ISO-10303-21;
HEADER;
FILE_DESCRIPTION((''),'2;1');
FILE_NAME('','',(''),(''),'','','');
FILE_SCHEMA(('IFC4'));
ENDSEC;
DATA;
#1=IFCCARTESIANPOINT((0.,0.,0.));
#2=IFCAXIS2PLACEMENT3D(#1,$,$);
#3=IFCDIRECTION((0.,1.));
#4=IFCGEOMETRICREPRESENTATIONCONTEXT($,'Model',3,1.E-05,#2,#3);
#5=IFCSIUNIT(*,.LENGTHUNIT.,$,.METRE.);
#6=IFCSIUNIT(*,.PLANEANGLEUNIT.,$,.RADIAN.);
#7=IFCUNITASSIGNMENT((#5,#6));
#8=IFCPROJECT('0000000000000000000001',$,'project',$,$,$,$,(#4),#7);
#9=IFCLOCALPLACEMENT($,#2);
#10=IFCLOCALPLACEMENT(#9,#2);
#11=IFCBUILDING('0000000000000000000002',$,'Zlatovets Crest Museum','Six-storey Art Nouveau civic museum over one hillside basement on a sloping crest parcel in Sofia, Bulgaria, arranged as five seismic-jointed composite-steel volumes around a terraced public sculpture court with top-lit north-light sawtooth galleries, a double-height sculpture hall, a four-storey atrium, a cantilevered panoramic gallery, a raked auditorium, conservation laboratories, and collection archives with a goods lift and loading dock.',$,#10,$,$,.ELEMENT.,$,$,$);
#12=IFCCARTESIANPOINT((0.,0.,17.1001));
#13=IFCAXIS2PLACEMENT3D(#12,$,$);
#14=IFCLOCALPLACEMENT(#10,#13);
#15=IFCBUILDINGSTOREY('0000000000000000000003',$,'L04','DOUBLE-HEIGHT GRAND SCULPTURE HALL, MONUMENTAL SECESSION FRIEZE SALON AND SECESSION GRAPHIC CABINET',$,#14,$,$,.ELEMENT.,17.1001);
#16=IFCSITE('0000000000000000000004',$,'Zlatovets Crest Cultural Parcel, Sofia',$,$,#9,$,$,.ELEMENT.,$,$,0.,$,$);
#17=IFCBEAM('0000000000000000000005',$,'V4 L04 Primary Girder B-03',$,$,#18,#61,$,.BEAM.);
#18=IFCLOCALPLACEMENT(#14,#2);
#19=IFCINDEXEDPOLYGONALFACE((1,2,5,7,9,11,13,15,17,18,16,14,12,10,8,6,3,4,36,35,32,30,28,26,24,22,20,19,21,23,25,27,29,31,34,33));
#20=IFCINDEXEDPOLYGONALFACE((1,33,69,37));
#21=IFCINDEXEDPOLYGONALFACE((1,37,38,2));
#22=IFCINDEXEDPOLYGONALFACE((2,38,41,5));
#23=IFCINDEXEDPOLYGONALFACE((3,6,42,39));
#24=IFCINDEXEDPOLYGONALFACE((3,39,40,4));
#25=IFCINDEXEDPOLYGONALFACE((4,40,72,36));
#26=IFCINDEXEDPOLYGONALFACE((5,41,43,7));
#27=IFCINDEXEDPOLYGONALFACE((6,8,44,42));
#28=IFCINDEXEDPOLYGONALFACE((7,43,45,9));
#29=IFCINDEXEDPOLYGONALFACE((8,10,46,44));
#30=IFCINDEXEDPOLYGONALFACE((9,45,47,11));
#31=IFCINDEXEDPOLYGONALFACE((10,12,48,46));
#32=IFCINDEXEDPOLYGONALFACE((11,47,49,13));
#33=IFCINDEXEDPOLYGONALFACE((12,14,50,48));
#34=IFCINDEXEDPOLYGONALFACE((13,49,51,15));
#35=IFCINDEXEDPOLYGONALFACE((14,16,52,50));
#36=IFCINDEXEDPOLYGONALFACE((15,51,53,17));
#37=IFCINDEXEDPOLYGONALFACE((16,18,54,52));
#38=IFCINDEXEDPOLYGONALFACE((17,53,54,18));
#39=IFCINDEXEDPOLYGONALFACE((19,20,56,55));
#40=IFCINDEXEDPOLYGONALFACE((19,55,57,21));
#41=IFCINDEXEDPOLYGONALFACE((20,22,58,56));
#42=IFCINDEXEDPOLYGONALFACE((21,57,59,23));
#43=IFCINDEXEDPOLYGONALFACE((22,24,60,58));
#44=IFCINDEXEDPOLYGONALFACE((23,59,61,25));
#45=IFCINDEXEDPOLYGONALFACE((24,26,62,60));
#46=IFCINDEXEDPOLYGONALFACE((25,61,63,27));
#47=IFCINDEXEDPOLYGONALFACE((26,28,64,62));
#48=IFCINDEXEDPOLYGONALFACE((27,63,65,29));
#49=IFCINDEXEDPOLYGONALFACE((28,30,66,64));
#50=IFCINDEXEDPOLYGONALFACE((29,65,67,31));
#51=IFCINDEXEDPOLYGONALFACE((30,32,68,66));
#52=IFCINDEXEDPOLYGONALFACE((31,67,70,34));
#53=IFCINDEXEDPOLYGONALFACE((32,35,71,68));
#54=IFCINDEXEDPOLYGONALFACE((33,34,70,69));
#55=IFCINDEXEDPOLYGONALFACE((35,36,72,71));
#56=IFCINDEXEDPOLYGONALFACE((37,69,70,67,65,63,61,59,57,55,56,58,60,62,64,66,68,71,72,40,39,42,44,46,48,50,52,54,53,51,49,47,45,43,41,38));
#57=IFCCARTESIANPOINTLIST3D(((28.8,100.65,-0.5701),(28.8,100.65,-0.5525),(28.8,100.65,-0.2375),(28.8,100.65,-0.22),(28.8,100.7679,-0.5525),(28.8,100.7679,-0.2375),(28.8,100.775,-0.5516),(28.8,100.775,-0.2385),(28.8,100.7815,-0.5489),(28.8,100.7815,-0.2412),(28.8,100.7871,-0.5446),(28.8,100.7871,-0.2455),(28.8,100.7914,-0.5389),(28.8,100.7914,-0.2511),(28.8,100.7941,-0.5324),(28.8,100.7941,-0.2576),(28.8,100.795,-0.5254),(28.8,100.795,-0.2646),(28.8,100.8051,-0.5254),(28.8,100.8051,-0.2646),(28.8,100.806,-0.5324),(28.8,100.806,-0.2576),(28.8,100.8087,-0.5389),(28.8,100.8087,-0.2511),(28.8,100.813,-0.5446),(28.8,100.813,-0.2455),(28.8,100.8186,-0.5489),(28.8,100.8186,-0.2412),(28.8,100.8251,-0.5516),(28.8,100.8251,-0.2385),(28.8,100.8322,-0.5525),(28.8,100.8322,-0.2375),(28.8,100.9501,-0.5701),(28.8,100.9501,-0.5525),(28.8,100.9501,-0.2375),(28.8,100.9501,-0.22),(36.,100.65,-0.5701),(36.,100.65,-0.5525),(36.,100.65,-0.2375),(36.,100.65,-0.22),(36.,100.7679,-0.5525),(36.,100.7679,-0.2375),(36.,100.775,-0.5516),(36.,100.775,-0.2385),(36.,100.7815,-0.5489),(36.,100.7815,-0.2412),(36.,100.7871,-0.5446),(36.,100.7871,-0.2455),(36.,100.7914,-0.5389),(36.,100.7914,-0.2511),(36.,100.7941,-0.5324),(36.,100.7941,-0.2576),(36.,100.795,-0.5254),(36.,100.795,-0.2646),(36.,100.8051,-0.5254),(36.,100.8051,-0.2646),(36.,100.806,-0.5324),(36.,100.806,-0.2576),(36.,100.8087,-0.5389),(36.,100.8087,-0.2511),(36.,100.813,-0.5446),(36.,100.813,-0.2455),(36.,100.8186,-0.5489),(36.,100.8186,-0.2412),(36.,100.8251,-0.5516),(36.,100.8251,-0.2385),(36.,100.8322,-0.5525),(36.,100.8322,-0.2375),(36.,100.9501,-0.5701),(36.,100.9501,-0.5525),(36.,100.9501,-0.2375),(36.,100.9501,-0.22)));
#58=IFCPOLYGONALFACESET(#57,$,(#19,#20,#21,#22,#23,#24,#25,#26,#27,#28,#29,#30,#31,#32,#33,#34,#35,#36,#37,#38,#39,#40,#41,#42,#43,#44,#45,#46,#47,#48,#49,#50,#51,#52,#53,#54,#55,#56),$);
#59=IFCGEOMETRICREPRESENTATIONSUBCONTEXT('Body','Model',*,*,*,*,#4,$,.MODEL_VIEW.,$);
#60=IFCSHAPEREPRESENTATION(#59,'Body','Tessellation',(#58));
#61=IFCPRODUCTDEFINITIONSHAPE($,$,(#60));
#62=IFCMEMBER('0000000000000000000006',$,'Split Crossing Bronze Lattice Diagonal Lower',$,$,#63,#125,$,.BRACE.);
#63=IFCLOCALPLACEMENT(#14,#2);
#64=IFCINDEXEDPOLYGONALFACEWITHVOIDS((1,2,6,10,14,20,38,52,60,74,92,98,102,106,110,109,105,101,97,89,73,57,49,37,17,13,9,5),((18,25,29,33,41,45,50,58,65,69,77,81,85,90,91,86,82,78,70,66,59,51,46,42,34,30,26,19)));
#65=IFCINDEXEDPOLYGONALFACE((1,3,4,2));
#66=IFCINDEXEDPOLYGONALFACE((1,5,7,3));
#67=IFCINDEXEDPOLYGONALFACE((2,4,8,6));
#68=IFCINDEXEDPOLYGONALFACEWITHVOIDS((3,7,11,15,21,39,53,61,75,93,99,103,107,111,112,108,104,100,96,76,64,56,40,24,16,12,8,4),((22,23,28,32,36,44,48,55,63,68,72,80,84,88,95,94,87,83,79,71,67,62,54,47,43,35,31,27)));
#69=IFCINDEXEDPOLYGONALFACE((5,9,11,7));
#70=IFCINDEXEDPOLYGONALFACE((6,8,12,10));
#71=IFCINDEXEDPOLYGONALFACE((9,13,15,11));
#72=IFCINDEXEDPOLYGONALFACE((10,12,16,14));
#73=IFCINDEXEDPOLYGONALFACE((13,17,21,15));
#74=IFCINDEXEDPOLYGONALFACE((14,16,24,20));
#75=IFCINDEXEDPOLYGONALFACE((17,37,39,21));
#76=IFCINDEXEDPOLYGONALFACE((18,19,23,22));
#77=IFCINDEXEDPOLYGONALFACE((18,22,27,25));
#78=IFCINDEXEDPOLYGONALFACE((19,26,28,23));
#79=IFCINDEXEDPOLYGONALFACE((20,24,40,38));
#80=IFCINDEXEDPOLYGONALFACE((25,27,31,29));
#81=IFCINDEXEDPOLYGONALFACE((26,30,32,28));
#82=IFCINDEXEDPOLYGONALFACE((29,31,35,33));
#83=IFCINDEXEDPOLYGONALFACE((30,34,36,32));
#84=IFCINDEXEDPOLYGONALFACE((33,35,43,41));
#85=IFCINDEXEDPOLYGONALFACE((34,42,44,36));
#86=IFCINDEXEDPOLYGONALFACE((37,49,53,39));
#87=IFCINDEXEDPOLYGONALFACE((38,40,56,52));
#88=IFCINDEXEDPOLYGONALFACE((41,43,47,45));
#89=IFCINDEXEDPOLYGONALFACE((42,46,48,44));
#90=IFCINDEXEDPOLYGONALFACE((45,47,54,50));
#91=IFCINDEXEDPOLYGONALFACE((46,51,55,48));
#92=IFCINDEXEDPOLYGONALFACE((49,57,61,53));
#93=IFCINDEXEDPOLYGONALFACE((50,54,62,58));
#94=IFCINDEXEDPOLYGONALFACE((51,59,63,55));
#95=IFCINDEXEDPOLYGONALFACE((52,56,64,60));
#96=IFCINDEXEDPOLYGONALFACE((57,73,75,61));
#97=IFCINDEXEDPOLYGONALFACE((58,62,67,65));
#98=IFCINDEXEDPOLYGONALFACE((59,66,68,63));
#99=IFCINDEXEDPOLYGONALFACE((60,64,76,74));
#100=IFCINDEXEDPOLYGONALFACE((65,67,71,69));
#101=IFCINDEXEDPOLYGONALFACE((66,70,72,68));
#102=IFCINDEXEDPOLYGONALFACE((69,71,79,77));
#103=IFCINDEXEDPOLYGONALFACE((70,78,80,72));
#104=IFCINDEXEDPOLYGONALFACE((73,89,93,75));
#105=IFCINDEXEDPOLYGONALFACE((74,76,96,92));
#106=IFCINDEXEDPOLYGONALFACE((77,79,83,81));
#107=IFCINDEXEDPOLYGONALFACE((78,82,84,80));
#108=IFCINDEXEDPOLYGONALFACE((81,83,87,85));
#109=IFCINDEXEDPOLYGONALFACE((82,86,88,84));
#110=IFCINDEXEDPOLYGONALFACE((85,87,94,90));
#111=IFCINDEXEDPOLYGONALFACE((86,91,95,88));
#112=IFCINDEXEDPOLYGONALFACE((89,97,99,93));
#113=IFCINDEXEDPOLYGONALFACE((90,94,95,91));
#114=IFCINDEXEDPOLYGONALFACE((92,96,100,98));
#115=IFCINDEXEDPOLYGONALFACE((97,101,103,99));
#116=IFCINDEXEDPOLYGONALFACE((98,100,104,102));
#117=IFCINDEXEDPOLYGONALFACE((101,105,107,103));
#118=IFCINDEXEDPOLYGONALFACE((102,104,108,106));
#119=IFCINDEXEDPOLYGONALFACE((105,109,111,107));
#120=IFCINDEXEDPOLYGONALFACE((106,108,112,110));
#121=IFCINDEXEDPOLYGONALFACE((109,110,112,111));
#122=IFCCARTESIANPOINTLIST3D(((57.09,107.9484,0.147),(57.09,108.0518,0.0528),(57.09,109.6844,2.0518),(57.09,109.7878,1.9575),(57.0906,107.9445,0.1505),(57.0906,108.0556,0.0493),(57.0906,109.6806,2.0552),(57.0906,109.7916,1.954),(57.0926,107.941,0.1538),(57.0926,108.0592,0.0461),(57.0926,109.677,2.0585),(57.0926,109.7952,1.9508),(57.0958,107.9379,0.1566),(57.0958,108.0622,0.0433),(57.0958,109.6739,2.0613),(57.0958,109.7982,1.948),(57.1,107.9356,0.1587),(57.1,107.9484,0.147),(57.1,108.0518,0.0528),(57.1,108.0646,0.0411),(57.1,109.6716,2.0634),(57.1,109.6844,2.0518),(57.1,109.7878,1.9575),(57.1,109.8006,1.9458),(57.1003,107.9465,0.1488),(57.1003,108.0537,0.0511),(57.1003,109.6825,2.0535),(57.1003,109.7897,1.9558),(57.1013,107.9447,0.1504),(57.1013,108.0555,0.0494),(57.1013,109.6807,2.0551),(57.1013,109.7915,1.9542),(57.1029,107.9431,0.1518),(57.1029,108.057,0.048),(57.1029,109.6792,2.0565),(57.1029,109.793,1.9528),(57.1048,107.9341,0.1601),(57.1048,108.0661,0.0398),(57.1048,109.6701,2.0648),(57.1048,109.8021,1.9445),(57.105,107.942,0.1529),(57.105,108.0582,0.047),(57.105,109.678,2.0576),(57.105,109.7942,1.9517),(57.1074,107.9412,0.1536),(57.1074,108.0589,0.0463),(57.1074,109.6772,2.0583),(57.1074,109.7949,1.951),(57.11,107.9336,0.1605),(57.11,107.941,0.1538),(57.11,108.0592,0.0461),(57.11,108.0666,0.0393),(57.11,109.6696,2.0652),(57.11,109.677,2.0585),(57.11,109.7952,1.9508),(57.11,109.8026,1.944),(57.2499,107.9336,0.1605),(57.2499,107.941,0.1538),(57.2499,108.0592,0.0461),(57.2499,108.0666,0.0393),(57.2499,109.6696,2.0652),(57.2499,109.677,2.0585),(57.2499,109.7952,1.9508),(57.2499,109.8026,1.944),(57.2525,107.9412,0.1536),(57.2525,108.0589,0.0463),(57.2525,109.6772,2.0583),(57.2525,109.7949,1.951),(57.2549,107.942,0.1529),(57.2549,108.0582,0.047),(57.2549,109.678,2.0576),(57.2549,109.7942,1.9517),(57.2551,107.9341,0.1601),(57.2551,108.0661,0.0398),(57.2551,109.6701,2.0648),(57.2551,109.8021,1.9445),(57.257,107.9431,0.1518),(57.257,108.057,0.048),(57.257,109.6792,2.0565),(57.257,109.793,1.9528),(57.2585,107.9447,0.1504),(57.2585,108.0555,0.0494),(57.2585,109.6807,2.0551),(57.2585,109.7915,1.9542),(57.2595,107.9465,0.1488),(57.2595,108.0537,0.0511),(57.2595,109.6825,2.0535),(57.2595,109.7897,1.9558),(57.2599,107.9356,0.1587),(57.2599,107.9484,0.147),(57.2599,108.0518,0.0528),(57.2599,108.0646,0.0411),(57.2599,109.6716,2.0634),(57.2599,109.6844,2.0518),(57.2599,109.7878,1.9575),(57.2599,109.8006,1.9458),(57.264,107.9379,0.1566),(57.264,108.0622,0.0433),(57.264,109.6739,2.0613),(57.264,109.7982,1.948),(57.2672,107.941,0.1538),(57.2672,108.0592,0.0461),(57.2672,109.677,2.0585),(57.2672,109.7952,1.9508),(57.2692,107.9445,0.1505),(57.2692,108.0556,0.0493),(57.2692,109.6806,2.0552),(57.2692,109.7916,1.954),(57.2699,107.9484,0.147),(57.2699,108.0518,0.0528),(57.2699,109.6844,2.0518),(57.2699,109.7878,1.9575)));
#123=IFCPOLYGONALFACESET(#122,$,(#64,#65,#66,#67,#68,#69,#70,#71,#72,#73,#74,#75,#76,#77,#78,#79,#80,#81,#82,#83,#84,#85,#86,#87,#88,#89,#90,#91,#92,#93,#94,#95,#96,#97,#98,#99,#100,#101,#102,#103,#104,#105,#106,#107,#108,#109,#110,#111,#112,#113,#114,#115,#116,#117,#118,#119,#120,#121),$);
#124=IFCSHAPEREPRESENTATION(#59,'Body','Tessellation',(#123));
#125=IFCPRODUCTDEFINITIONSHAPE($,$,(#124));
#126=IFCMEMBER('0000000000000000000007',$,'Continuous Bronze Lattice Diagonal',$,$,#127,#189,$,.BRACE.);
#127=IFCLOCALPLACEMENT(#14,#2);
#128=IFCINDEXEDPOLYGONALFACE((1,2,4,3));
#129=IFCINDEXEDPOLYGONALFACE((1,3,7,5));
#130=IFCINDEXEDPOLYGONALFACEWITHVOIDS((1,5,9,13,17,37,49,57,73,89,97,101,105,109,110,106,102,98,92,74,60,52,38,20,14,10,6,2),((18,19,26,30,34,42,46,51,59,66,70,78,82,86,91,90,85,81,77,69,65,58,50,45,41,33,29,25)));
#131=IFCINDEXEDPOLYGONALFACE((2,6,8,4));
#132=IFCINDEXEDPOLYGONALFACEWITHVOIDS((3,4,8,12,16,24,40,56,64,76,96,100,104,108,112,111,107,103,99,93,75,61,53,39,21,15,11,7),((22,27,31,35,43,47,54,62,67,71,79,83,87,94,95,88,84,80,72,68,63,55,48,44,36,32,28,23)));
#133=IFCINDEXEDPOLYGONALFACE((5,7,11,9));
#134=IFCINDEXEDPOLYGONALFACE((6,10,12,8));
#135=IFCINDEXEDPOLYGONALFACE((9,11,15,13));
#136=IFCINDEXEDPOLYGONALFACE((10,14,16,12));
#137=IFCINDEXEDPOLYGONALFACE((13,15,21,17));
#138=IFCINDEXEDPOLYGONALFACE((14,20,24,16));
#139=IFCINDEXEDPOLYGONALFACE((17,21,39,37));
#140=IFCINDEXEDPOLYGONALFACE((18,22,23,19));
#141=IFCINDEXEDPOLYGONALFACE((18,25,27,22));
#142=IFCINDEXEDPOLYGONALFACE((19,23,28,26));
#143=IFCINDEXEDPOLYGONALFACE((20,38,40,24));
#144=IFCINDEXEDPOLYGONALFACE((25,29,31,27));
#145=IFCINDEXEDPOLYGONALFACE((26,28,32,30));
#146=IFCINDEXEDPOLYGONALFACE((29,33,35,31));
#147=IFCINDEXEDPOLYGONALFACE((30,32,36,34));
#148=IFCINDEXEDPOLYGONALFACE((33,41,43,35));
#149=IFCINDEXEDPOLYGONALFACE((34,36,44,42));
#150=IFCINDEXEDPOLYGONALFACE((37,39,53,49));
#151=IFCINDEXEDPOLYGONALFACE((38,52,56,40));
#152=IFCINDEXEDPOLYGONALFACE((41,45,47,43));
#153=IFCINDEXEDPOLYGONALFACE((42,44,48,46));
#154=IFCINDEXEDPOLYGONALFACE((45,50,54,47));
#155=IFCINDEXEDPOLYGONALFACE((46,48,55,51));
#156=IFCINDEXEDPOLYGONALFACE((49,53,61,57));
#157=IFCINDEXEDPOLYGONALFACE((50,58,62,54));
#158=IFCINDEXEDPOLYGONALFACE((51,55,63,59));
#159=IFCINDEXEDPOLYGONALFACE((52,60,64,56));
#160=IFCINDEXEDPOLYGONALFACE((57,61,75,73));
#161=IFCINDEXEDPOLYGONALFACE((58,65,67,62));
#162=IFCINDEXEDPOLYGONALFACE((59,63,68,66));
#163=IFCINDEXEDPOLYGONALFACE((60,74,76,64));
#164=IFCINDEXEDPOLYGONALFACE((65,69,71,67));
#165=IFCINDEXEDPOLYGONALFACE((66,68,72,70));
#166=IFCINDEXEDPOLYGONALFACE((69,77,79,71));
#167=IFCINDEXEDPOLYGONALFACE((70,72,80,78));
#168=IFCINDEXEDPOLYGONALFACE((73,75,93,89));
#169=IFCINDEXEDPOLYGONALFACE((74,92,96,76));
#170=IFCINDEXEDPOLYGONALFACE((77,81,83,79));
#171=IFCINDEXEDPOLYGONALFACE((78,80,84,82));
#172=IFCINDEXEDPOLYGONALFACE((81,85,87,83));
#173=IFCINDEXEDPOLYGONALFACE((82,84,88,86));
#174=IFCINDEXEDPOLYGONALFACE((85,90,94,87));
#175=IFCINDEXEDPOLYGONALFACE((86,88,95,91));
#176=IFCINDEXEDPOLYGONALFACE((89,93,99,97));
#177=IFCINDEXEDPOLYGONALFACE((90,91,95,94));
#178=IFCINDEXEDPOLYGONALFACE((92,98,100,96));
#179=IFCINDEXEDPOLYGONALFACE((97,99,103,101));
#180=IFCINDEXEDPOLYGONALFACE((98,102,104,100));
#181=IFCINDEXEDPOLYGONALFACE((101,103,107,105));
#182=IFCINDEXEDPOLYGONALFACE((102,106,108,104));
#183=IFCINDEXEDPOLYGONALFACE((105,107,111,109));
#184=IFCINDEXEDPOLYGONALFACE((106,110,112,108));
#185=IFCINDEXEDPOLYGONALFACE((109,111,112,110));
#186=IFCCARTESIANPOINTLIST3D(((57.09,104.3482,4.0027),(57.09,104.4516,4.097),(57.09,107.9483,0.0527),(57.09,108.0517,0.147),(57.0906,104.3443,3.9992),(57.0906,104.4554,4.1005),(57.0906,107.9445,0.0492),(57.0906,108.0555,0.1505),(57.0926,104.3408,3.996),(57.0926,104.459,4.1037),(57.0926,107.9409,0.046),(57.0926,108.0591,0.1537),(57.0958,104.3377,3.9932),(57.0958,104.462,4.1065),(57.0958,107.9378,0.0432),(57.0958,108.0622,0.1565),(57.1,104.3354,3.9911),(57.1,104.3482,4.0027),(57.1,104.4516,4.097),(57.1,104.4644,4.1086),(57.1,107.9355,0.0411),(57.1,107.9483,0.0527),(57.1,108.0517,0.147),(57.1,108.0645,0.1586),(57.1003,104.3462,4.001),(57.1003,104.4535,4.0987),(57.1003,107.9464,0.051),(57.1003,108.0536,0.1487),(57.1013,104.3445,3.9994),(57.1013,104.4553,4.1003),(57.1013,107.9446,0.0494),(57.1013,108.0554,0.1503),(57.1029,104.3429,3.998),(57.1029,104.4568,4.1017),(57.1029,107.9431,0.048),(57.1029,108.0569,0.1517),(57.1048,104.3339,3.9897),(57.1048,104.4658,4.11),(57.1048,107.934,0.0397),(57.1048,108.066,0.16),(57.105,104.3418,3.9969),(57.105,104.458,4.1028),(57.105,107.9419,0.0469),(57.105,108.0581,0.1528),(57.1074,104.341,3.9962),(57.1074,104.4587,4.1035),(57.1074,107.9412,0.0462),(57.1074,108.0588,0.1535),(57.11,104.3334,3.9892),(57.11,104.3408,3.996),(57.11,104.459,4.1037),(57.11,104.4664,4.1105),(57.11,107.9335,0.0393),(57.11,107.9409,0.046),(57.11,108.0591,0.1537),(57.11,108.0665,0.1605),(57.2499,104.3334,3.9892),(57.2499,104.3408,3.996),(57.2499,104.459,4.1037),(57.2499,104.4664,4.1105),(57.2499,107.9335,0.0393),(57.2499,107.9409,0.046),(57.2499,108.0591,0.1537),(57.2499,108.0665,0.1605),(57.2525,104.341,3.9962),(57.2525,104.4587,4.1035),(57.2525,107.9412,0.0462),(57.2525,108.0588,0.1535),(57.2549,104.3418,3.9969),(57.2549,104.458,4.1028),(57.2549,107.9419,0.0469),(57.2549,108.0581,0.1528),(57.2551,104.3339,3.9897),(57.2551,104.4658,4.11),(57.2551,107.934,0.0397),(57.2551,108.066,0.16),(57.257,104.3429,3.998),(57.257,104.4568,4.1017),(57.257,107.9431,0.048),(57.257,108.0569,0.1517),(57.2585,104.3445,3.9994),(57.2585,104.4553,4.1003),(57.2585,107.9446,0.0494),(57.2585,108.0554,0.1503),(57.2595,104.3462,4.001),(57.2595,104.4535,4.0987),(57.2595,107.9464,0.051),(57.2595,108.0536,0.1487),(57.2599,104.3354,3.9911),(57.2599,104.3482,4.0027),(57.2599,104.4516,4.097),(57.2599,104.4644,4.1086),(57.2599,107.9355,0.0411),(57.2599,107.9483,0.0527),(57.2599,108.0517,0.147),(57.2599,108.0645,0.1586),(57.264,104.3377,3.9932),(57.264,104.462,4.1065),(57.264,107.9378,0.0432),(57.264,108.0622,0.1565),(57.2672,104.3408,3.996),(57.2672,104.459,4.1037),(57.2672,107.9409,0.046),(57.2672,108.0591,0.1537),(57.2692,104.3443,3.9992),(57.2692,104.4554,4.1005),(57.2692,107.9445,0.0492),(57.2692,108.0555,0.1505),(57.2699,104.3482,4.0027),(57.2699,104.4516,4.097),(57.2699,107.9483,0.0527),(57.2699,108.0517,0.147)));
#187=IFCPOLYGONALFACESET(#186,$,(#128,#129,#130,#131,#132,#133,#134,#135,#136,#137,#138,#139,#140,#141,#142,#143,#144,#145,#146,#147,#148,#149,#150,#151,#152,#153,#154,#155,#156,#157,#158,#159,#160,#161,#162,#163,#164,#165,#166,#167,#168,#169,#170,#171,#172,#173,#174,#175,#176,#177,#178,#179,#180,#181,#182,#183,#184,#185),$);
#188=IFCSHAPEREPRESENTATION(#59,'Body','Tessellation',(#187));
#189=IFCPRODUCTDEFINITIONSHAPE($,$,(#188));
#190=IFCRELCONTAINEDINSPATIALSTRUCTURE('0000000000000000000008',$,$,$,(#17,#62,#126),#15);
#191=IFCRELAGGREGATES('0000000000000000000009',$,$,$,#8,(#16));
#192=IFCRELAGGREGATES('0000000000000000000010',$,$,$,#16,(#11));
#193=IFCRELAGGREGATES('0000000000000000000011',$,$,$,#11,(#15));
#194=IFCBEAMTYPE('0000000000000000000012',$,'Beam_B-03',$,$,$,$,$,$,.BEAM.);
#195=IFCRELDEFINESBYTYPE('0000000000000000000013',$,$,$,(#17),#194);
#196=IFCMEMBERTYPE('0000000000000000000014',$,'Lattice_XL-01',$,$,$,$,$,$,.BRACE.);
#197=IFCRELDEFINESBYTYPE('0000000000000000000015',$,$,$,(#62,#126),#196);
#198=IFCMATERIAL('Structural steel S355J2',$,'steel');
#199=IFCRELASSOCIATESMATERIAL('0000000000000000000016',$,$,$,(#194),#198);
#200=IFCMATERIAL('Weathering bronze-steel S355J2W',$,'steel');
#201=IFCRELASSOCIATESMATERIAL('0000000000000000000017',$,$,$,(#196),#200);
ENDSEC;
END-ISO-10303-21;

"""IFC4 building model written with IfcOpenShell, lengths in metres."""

from ifc_helpers import new_model, si_unit, direction, frame, origin, origin_2d, place, context, subcontext, project, spatial, hollow_rectangle, i_section, extrude, material, material_profile, profile_set, type_object, element, save


model = new_model("IFC4")

# Units and contexts
model_context = context("Model", 3, precision=1e-05, world=origin(), true_north=direction((0.0, 1.0)))
body_context = subcontext(model_context, "Body", "Model", "MODEL_VIEW")
ifc_project = project(units=[si_unit("LENGTHUNIT", "METRE"), si_unit("PLANEANGLEUNIT", "RADIAN")], contexts=[model_context])

# Site, building, storey
site_placement = place(None, origin())
site = spatial("IfcSite", under=ifc_project, at=site_placement, Name="Zlatovets Crest Cultural Parcel, Sofia", CompositionType="ELEMENT", RefElevation=0.0)
building_placement = place(site_placement, origin())
building = spatial("IfcBuilding", under=site, at=building_placement, Name="Zlatovets Crest Museum", Description="Six-storey Art Nouveau civic museum over one hillside basement on a sloping crest parcel in Sofia, Bulgaria, arranged as five seismic-jointed composite-steel volumes around a terraced public sculpture court with top-lit north-light sawtooth galleries, a double-height sculpture hall, a four-storey atrium, a cantilevered panoramic gallery, a raked auditorium, conservation laboratories, and collection archives with a goods lift and loading dock.", CompositionType="ELEMENT")
storey_placement = place(building_placement, frame((0.0, 0.0, 17.1001)))
storey = spatial("IfcBuildingStorey", under=building, at=storey_placement, Name="L04", Description="DOUBLE-HEIGHT GRAND SCULPTURE HALL, MONUMENTAL SECESSION FRIEZE SALON AND SECESSION GRAPHIC CABINET", CompositionType="ELEMENT", Elevation=17.1001)

# Beam
ifc_material_1 = material(Name="Structural steel S355J2", Category="steel")
ifc_material_profile_1 = material_profile(ifc_material_1, i_section(OverallWidth=0.3, OverallDepth=0.3501, WebThickness=0.01, FlangeThickness=0.0176, FilletRadius=0.0271, at=origin_2d()), Name="HEA 360")
ifc_profile_set_1 = profile_set([ifc_material_profile_1], Name="Structural steel S355J2")
beam_type = type_object("IfcBeamType", Name="Beam_B-03", PredefinedType="BEAM", material=ifc_profile_set_1)
beam_placement = place(storey_placement, frame((28.8, 100.8, -0.395), z_axis=(1.0, 0.0, 0.0), x_axis=(0.0, 1.0, 0.0)))
element("IfcBeam", 1, at=beam_placement, inside=storey, type_object=beam_type, Name="V4 L04 Primary Girder B-03", PredefinedType="BEAM", context=body_context, shape_type="SweptSolid", body=[
    extrude(i_section(OverallWidth=0.3, OverallDepth=0.3501, WebThickness=0.01, FlangeThickness=0.0176, FilletRadius=0.0271, at=origin_2d()), origin(), (0.0, 0.0, 1.0), 7.2),
])

# Members
ifc_material_2 = material(Name="Weathering bronze-steel S355J2W", Category="steel")
ifc_material_profile_2 = material_profile(ifc_material_2, hollow_rectangle(XDim=0.1799, YDim=0.1799, WallThickness=0.01, InnerFilletRadius=0.01, OuterFilletRadius=0.02, at=origin_2d()), Name="SHS 180x180x10.0")
ifc_profile_set_2 = profile_set([ifc_material_profile_2], Name="Weathering bronze-steel S355J2W")
member_type_1 = type_object("IfcMemberType", Name="Lattice_XL-01", PredefinedType="BRACE", material=ifc_profile_set_2)
member_1_placement = place(storey_placement, frame((57.1799, 109.7361, 2.0046), z_axis=(0.0, -0.67362, -0.739078), x_axis=(1.0, 0.0, 0.0)))
element("IfcMember", 2, at=member_1_placement, inside=storey, type_object=member_type_1, Name="Split Crossing Bronze Lattice Diagonal Lower", PredefinedType="BRACE", context=body_context, shape_type="SweptSolid", body=[
    extrude(hollow_rectangle(XDim=0.1799, YDim=0.1799, WallThickness=0.01, InnerFilletRadius=0.01, OuterFilletRadius=0.02, at=origin_2d()), origin(), (0.0, 0.0, 1.0), 2.5771),
])
member_2_placement = place(storey_placement, frame((57.1799, 108.0, 0.0999), z_axis=(0.0, -0.673618, 0.73908), x_axis=(1.0, 0.0, 0.0)))
element("IfcMember", 3, at=member_2_placement, inside=storey, type_object=member_type_1, Name="Continuous Bronze Lattice Diagonal", PredefinedType="BRACE", context=body_context, shape_type="SweptSolid", body=[
    extrude(hollow_rectangle(XDim=0.1799, YDim=0.1799, WallThickness=0.01, InnerFilletRadius=0.01, OuterFilletRadius=0.02, at=origin_2d()), origin(), (0.0, 0.0, 1.0), 5.3445),
])

save(model, "model.ifc")
